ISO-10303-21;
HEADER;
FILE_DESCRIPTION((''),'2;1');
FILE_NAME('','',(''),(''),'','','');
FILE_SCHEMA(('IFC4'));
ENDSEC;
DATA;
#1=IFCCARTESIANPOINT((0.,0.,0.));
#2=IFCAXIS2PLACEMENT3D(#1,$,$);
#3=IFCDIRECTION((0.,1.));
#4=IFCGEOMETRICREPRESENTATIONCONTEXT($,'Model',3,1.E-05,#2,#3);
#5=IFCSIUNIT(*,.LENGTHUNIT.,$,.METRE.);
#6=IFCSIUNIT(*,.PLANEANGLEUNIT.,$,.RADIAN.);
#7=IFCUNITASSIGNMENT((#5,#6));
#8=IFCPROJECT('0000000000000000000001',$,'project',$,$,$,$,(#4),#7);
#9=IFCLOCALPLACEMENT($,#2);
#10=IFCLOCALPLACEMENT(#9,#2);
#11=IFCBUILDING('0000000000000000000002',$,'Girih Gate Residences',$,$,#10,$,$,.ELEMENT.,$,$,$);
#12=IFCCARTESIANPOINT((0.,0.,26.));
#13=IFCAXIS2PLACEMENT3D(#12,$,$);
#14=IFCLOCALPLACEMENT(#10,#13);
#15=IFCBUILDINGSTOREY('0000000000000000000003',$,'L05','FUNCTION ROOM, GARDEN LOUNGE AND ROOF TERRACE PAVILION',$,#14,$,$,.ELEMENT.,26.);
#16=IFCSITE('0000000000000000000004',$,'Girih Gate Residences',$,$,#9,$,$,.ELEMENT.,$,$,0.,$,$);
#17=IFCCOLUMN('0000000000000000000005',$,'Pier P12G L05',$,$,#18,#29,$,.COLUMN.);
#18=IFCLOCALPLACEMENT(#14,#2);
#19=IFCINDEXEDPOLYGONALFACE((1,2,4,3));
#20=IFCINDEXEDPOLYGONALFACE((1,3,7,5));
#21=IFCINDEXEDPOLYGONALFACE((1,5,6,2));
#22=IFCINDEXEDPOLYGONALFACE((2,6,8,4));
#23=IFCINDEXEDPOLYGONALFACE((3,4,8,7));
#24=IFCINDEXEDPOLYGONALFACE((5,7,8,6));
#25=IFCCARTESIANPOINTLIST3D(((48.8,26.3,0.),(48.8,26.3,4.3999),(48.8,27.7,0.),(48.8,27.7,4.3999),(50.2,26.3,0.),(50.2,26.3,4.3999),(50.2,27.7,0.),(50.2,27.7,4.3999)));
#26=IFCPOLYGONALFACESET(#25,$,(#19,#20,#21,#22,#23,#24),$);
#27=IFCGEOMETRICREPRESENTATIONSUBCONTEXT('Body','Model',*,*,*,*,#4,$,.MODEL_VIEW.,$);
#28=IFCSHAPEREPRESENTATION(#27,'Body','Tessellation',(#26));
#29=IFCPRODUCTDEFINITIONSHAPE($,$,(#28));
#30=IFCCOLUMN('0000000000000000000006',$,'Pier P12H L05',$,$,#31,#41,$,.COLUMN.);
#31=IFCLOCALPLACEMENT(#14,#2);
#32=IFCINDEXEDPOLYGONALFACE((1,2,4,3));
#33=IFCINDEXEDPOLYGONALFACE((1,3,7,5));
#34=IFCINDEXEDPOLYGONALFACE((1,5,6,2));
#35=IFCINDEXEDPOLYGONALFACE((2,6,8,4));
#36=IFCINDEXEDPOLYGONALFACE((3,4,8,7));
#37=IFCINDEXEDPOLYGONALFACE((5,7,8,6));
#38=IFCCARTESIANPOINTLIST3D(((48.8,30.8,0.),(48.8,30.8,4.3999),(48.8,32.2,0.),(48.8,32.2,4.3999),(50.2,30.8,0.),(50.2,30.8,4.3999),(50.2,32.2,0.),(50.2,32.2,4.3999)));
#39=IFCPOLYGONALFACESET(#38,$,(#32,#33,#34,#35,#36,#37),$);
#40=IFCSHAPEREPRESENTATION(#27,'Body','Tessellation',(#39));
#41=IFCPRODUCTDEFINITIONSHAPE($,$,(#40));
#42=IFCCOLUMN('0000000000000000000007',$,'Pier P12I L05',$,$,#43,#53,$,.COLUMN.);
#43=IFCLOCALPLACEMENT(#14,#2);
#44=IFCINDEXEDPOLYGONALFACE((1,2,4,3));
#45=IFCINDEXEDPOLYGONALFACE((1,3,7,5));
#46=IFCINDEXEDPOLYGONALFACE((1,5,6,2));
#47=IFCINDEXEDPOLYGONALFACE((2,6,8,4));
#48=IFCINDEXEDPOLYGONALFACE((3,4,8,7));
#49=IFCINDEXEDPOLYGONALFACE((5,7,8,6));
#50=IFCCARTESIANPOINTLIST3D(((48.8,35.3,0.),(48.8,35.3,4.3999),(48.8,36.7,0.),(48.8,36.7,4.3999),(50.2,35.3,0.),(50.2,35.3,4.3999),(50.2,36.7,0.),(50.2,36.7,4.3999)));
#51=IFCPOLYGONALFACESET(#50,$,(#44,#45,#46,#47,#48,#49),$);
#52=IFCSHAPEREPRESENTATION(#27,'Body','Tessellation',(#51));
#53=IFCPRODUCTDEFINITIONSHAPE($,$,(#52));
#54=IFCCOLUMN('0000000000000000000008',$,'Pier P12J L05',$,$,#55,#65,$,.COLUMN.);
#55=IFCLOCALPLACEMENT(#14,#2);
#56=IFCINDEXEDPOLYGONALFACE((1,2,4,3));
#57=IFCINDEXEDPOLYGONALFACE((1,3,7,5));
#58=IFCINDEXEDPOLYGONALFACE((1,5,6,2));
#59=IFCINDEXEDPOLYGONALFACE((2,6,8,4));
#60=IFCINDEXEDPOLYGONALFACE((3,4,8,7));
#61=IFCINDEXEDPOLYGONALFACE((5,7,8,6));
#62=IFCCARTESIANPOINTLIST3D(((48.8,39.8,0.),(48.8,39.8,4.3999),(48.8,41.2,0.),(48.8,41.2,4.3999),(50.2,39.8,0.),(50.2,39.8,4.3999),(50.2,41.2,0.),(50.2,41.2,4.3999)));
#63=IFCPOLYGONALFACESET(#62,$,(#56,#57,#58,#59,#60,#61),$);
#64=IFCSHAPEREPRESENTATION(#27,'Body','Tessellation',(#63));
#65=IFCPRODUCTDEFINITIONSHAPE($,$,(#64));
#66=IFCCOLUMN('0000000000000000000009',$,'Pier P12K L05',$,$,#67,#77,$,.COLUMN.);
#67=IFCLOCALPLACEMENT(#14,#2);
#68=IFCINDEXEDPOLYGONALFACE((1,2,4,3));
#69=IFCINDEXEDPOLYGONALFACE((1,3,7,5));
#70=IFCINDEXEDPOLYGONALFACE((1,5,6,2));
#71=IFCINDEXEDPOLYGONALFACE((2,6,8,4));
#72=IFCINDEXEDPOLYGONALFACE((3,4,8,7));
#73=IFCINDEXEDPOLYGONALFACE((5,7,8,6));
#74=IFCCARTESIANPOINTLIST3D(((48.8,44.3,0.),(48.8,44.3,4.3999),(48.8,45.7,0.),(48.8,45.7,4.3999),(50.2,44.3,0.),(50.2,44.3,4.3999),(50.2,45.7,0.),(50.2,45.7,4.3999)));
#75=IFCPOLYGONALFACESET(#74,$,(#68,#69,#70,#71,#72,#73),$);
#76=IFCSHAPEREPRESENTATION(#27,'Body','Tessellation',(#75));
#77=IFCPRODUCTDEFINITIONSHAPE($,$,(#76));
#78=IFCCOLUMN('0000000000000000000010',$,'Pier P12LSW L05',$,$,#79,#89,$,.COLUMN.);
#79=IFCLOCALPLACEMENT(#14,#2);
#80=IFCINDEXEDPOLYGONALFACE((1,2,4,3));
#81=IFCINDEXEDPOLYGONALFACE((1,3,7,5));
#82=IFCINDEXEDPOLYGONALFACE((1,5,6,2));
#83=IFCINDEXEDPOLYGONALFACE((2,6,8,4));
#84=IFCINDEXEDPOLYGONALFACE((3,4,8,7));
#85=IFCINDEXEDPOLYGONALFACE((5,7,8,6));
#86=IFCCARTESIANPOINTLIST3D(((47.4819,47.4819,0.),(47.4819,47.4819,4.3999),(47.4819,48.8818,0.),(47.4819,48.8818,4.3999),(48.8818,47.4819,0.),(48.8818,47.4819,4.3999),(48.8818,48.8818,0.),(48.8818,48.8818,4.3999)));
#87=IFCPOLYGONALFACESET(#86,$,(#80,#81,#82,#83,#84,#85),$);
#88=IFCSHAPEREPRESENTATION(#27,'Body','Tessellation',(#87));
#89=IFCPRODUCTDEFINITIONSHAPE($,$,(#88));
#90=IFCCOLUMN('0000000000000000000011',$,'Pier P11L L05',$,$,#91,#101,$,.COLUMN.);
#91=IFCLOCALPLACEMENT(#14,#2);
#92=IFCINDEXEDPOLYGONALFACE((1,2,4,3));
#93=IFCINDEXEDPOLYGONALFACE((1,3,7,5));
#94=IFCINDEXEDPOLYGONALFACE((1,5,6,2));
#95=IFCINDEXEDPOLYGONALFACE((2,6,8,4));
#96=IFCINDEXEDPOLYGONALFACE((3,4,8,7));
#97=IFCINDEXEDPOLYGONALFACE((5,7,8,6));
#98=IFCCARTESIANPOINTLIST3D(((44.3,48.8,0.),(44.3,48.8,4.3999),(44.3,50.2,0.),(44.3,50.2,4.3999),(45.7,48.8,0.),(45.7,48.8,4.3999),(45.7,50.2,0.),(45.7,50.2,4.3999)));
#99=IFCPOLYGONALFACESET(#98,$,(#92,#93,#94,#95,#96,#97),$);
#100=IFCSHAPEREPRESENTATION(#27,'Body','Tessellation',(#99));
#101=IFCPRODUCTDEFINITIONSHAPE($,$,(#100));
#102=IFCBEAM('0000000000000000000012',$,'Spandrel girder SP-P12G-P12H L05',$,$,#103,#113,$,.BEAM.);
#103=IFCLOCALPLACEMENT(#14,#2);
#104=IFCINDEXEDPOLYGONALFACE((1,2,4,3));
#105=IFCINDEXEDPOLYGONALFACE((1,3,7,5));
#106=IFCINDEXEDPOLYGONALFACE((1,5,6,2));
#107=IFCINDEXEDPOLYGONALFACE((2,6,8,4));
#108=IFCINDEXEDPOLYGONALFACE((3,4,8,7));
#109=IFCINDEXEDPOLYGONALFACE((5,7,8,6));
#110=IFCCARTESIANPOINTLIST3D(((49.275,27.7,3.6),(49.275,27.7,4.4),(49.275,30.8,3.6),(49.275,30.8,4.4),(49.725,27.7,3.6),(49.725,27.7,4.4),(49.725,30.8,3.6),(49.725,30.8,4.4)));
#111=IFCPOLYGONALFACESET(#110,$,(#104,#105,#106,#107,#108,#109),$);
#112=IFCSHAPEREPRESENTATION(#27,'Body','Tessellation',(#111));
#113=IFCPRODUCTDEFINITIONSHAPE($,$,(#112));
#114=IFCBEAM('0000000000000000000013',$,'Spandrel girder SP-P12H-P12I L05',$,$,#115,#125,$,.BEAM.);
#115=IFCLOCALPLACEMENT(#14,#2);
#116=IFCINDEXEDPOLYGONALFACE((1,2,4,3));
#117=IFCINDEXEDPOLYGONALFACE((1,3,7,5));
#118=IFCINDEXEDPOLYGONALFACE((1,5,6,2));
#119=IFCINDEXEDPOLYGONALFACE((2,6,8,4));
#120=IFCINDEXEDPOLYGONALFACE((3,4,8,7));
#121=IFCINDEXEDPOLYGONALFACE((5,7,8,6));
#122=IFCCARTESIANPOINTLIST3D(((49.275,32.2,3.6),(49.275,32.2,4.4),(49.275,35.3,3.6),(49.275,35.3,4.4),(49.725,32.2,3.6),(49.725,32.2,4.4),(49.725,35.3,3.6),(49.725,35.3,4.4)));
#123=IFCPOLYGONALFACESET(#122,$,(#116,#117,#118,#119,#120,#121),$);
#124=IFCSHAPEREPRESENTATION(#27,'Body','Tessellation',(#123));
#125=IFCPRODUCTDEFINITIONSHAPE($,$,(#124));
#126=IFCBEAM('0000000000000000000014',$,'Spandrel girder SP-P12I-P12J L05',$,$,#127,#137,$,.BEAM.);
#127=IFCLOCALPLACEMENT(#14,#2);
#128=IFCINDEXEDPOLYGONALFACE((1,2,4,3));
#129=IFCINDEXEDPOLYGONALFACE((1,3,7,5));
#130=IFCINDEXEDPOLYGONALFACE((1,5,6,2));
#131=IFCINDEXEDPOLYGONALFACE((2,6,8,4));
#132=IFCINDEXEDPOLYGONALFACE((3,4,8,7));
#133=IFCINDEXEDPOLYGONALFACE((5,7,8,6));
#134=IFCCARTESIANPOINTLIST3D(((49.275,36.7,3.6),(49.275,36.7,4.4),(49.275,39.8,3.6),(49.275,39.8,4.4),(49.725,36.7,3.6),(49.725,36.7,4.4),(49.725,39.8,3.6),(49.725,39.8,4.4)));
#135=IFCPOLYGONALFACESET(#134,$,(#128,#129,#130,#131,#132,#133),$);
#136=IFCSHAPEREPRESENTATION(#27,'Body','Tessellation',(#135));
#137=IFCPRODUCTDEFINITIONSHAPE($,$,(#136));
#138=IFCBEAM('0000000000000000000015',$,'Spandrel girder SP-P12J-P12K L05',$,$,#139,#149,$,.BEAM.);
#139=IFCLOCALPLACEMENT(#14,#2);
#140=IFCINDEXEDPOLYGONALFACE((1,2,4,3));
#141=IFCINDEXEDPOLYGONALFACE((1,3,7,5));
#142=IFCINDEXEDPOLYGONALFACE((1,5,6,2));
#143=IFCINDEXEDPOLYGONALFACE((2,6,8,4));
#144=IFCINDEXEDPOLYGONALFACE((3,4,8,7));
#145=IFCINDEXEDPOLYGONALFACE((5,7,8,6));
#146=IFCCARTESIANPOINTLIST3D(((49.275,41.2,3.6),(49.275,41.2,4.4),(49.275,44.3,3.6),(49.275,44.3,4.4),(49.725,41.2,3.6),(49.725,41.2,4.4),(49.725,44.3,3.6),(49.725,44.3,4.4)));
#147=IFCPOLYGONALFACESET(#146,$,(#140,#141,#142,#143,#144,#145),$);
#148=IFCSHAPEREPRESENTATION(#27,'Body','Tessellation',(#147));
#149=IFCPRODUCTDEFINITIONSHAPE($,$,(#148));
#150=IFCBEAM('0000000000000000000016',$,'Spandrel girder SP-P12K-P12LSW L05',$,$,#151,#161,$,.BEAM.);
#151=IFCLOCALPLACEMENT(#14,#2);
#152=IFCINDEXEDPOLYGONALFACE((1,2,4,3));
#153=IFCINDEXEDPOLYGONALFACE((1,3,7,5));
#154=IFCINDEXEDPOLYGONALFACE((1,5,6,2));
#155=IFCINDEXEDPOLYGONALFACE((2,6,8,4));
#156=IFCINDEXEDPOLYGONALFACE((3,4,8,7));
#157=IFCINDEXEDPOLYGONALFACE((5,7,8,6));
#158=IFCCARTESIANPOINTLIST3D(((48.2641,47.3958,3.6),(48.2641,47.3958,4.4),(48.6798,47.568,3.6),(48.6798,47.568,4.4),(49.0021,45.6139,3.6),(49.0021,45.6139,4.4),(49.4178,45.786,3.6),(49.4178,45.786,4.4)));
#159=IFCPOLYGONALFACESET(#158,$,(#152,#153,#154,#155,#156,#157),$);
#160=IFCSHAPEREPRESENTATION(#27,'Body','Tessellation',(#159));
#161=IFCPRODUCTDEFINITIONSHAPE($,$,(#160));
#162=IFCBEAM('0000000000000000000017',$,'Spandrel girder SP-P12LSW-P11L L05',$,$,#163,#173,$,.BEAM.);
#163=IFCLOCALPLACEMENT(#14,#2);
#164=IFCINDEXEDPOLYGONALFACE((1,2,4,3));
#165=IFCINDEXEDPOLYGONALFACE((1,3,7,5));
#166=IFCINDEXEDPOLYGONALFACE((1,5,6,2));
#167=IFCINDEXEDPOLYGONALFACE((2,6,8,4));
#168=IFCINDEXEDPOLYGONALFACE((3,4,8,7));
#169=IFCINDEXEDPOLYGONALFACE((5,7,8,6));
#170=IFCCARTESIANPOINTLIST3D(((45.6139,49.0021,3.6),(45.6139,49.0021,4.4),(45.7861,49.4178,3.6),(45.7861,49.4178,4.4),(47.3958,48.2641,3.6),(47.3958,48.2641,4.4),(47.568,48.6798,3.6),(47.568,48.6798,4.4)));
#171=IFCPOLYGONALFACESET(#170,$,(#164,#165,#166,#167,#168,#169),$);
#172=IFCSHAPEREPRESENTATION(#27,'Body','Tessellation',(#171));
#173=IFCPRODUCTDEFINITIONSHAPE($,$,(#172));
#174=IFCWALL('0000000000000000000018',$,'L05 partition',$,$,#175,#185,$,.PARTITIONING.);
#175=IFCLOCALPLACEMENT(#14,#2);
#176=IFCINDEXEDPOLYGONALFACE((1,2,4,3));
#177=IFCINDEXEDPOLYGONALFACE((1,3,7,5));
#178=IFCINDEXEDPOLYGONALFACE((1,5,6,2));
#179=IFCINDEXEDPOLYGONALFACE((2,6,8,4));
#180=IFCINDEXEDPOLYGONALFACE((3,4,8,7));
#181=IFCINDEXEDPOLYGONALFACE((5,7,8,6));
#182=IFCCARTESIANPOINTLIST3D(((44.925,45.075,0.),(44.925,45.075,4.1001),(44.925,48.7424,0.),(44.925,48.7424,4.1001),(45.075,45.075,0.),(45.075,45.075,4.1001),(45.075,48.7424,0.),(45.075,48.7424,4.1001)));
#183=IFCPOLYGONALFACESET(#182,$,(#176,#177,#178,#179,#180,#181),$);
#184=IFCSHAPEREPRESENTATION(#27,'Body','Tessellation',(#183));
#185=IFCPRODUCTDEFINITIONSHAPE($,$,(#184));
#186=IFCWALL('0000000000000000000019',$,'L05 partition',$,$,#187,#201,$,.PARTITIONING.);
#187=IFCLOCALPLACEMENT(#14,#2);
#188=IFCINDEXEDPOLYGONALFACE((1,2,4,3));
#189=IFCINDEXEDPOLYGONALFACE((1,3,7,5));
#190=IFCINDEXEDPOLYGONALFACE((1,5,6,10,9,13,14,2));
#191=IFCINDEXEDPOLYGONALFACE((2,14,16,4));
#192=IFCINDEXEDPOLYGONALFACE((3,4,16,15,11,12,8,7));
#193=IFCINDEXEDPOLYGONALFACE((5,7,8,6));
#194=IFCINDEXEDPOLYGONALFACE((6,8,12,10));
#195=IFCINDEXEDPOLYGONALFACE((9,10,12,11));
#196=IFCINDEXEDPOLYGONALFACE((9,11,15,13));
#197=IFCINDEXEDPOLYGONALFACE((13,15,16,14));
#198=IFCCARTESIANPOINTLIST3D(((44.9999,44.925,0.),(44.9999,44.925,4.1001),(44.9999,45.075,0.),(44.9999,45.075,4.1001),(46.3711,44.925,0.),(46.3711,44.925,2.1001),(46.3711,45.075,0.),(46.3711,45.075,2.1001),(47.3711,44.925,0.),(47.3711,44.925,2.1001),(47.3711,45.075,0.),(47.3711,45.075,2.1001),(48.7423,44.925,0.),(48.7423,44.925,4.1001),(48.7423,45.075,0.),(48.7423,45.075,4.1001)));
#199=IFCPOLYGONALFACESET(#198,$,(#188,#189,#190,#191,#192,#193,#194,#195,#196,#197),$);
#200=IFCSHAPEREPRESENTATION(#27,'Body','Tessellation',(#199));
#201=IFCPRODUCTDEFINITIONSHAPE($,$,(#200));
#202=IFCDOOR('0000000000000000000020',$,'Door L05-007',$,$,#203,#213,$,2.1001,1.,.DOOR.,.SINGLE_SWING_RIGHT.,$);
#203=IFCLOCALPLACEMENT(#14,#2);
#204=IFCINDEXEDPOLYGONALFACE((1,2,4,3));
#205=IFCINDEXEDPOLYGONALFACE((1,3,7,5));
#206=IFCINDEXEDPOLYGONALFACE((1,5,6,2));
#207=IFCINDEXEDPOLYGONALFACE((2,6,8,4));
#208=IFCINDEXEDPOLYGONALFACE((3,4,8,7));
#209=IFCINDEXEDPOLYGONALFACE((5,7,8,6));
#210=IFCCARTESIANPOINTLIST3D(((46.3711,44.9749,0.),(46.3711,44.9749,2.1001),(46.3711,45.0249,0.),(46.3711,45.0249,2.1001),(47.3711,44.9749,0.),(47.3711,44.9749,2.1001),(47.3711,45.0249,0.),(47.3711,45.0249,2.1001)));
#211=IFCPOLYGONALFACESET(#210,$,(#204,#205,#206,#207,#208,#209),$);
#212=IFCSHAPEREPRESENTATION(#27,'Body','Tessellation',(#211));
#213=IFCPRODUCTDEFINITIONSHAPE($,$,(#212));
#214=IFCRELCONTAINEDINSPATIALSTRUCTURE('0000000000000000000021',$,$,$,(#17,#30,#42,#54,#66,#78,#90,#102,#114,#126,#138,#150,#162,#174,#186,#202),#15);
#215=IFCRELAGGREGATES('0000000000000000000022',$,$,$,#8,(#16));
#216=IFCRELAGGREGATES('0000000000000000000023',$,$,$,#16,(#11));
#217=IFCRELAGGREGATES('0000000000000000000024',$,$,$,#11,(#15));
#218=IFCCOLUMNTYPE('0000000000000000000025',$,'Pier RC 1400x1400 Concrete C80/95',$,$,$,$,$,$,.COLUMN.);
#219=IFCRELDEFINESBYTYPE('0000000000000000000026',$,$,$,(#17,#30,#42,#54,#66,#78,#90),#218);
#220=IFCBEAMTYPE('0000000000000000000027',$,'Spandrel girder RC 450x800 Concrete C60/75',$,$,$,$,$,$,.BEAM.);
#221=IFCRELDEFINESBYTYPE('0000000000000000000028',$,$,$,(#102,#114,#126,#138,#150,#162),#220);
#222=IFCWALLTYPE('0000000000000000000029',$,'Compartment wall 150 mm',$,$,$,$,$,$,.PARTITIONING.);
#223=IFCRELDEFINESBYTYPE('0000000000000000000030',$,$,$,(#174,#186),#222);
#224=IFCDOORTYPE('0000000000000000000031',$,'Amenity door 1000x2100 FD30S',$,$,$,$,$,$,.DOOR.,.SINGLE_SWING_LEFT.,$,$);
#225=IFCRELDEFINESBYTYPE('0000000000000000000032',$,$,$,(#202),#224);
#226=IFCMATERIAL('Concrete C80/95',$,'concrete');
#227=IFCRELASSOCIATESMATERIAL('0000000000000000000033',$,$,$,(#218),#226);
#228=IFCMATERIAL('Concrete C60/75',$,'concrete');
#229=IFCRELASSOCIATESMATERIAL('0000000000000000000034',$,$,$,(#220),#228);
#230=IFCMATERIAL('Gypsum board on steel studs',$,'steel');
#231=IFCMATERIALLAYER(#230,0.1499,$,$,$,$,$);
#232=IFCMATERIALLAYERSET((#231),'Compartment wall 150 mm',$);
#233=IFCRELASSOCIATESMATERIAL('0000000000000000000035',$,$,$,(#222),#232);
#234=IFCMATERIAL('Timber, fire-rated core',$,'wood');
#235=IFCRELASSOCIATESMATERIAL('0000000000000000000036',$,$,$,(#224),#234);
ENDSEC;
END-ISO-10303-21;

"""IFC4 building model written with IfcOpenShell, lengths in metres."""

from ifc_helpers import new_model, si_unit, direction, frame, frame_2d, origin, origin_2d, place, context, subcontext, project, spatial, rectangle, extrude, material, layer, layer_set, material_profile, profile_set, type_object, element, fill, save


model = new_model("IFC4")

# Units and contexts
model_context = context("Model", 3, precision=1e-05, world=origin(), true_north=direction((0.0, 1.0)))
body_context = subcontext(model_context, "Body", "Model", "MODEL_VIEW")
ifc_project = project(units=[si_unit("LENGTHUNIT", "METRE"), si_unit("PLANEANGLEUNIT", "RADIAN")], contexts=[model_context])

# Site, building, storey
site_placement = place(None, origin())
site = spatial("IfcSite", under=ifc_project, at=site_placement, Name="Girih Gate Residences", CompositionType="ELEMENT", RefElevation=0.0)
building_placement = place(site_placement, origin())
building = spatial("IfcBuilding", under=site, at=building_placement, Name="Girih Gate Residences", CompositionType="ELEMENT")
storey_placement = place(building_placement, frame((0.0, 0.0, 26.0)))
storey = spatial("IfcBuildingStorey", under=building, at=storey_placement, Name="L05", Description="FUNCTION ROOM, GARDEN LOUNGE AND ROOF TERRACE PAVILION", CompositionType="ELEMENT", Elevation=26.0)

# Columns
ifc_material_1 = material(Name="Concrete C80/95", Category="concrete")
ifc_material_profile_1 = material_profile(ifc_material_1, rectangle(XDim=1.3999, YDim=1.3999, at=origin_2d()))
ifc_profile_set_1 = profile_set([ifc_material_profile_1], Name="Concrete C80/95")
column_type = type_object("IfcColumnType", Name="Pier RC 1400x1400 Concrete C80/95", PredefinedType="COLUMN", material=ifc_profile_set_1)
for number, where, z_axis, x_axis, name in (
    (1, (49.5, 27.0, 0.0), (0.0, 0.0, 1.0), (1.0, 0.0, 0.0), "Pier P12G L05"),
    (2, (49.5, 31.5, 0.0), (0.0, 0.0, 1.0), (1.0, 0.0, 0.0), "Pier P12H L05"),
    (3, (49.5, 36.0, 0.0), (0.0, 0.0, 1.0), (1.0, 0.0, 0.0), "Pier P12I L05"),
    (4, (49.5, 40.5, 0.0), (0.0, 0.0, 1.0), (1.0, 0.0, 0.0), "Pier P12J L05"),
    (5, (49.5, 45.0, 0.0), (0.0, 0.0, 1.0), (1.0, 0.0, 0.0), "Pier P12K L05"),
    (6, (48.1819, 48.1819, 0.0), (0.0, 0.0, 1.0), (1.0, 0.0, 0.0), "Pier P12LSW L05"),
    (7, (45.0, 49.5, 0.0), (0.0, 0.0, 1.0), (1.0, 0.0, 0.0), "Pier P11L L05"),
):
    element("IfcColumn", number, at=place(storey_placement, frame(where, z_axis=z_axis, x_axis=x_axis)), inside=storey, type_object=column_type, Name=name, PredefinedType="COLUMN", context=body_context, shape_type="SweptSolid", body=[
        extrude(rectangle(XDim=1.3999, YDim=1.3999, at=origin_2d()), origin(), (0.0, 0.0, 1.0), 4.3999),
    ])

# Beams
ifc_material_2 = material(Name="Concrete C60/75", Category="concrete")
ifc_material_profile_2 = material_profile(ifc_material_2, rectangle(XDim=0.45, YDim=0.8, at=origin_2d()))
ifc_profile_set_2 = profile_set([ifc_material_profile_2], Name="Concrete C60/75")
beam_type = type_object("IfcBeamType", Name="Spandrel girder RC 450x800 Concrete C60/75", PredefinedType="BEAM", material=ifc_profile_set_2)
for number, where, z_axis, x_axis, name in (
    (8, (49.5, 27.7, 4.0), (0.0, 1.0, 0.0), (-1.0, 0.0, 0.0), "Spandrel girder SP-P12G-P12H L05"),
    (9, (49.5, 32.2, 4.0), (0.0, 1.0, 0.0), (-1.0, 0.0, 0.0), "Spandrel girder SP-P12H-P12I L05"),
    (10, (49.5, 36.7, 4.0), (0.0, 1.0, 0.0), (-1.0, 0.0, 0.0), "Spandrel girder SP-P12I-P12J L05"),
    (11, (49.5, 41.2, 4.0), (0.0, 1.0, 0.0), (-1.0, 0.0, 0.0), "Spandrel girder SP-P12J-P12K L05"),
):
    element("IfcBeam", number, at=place(storey_placement, frame(where, z_axis=z_axis, x_axis=x_axis)), inside=storey, type_object=beam_type, Name=name, PredefinedType="BEAM", context=body_context, shape_type="SweptSolid", body=[
        extrude(rectangle(XDim=0.45, YDim=0.8, at=origin_2d()), origin(), (0.0, 0.0, 1.0), 3.1001),
    ])
for number, where, z_axis, x_axis, name in (
    (12, (49.21, 45.7, 4.0), (-0.382646, 0.923895, 0.0), (-0.923895, -0.382646, 0.0), "Spandrel girder SP-P12K-P12LSW L05"),
    (13, (47.4819, 48.4719, 4.0), (-0.923895, 0.382646, 0.0), (-0.382646, -0.923895, 0.0), "Spandrel girder SP-P12LSW-P11L L05"),
):
    element("IfcBeam", number, at=place(storey_placement, frame(where, z_axis=z_axis, x_axis=x_axis)), inside=storey, type_object=beam_type, Name=name, PredefinedType="BEAM", context=body_context, shape_type="SweptSolid", body=[
        extrude(rectangle(XDim=0.45, YDim=0.8, at=origin_2d()), origin(), (0.0, 0.0, 1.0), 1.9287),
    ])

# Wall
ifc_material_3 = material(Name="Gypsum board on steel studs", Category="steel")
ifc_layer_1 = layer(ifc_material_3, 0.1499)
ifc_layer_set_1 = layer_set([ifc_layer_1], Name="Compartment wall 150 mm")
wall_type_1 = type_object("IfcWallType", Name="Compartment wall 150 mm", PredefinedType="PARTITIONING", material=ifc_layer_set_1)
wall_1_placement = place(storey_placement, frame((45.0, 45.075, 0.0), z_axis=(0.0, 0.0, 1.0), x_axis=(0.0, 1.0, 0.0)))
element("IfcWall", 14, at=wall_1_placement, inside=storey, type_object=wall_type_1, Name="L05 partition", PredefinedType="PARTITIONING", context=body_context, shape_type="SweptSolid", body=[
    extrude(rectangle(XDim=3.6675, YDim=0.1499, at=frame_2d((1.8337, 0.0))), origin(), (0.0, 0.0, 1.0), 4.1001),
])

# Wall, opening, door
wall_2_placement = place(storey_placement, frame((45.0, 45.0, 0.0), z_axis=(0.0, 0.0, 1.0), x_axis=(1.0, 0.0, 0.0)))
wall_2 = element("IfcWall", 15, at=wall_2_placement, inside=storey, type_object=wall_type_1, Name="L05 partition", PredefinedType="PARTITIONING", context=body_context, shape_type="SweptSolid", body=[
    extrude(rectangle(XDim=3.7424, YDim=0.1499, at=frame_2d((1.8711, 0.0))), origin(), (0.0, 0.0, 1.0), 4.1001),
])
opening_1_placement = place(wall_2_placement, frame((1.3711, 0.0, 0.0)))
opening_1 = element("IfcOpeningElement", 16, at=opening_1_placement, cuts=wall_2, PredefinedType="OPENING", context=body_context, shape_type="SweptSolid", body=[
    extrude(rectangle(XDim=1.0, YDim=2.1001, at=frame_2d((0.5, 1.05))), frame((0.0, 0.085, 0.0), z_axis=(0.0, -1.0, 0.0), x_axis=(1.0, 0.0, 0.0)), (0.0, 0.0, 1.0), 0.1699),
])
ifc_material_4 = material(Name="Timber, fire-rated core", Category="wood")
door_type_1 = type_object("IfcDoorType", Name="Amenity door 1000x2100 FD30S", OperationType="SINGLE_SWING_LEFT", PredefinedType="DOOR", material=ifc_material_4)
door_1_placement = place(opening_1_placement, origin())
door_1 = element("IfcDoor", 17, at=door_1_placement, inside=storey, type_object=door_type_1, Name="Door L05-007", OperationType="SINGLE_SWING_RIGHT", OverallHeight=2.1001, OverallWidth=1.0, PredefinedType="DOOR", context=body_context, shape_type="SweptSolid", body=[
    extrude(rectangle(XDim=1.0, YDim=2.1001, at=frame_2d((0.5, 1.05))), frame((0.0, 0.0249, 0.0), z_axis=(0.0, -1.0, 0.0), x_axis=(1.0, 0.0, 0.0)), (0.0, 0.0, 1.0), 0.05),
])
fill(opening_1, door_1)

save(model, "model.ifc")
